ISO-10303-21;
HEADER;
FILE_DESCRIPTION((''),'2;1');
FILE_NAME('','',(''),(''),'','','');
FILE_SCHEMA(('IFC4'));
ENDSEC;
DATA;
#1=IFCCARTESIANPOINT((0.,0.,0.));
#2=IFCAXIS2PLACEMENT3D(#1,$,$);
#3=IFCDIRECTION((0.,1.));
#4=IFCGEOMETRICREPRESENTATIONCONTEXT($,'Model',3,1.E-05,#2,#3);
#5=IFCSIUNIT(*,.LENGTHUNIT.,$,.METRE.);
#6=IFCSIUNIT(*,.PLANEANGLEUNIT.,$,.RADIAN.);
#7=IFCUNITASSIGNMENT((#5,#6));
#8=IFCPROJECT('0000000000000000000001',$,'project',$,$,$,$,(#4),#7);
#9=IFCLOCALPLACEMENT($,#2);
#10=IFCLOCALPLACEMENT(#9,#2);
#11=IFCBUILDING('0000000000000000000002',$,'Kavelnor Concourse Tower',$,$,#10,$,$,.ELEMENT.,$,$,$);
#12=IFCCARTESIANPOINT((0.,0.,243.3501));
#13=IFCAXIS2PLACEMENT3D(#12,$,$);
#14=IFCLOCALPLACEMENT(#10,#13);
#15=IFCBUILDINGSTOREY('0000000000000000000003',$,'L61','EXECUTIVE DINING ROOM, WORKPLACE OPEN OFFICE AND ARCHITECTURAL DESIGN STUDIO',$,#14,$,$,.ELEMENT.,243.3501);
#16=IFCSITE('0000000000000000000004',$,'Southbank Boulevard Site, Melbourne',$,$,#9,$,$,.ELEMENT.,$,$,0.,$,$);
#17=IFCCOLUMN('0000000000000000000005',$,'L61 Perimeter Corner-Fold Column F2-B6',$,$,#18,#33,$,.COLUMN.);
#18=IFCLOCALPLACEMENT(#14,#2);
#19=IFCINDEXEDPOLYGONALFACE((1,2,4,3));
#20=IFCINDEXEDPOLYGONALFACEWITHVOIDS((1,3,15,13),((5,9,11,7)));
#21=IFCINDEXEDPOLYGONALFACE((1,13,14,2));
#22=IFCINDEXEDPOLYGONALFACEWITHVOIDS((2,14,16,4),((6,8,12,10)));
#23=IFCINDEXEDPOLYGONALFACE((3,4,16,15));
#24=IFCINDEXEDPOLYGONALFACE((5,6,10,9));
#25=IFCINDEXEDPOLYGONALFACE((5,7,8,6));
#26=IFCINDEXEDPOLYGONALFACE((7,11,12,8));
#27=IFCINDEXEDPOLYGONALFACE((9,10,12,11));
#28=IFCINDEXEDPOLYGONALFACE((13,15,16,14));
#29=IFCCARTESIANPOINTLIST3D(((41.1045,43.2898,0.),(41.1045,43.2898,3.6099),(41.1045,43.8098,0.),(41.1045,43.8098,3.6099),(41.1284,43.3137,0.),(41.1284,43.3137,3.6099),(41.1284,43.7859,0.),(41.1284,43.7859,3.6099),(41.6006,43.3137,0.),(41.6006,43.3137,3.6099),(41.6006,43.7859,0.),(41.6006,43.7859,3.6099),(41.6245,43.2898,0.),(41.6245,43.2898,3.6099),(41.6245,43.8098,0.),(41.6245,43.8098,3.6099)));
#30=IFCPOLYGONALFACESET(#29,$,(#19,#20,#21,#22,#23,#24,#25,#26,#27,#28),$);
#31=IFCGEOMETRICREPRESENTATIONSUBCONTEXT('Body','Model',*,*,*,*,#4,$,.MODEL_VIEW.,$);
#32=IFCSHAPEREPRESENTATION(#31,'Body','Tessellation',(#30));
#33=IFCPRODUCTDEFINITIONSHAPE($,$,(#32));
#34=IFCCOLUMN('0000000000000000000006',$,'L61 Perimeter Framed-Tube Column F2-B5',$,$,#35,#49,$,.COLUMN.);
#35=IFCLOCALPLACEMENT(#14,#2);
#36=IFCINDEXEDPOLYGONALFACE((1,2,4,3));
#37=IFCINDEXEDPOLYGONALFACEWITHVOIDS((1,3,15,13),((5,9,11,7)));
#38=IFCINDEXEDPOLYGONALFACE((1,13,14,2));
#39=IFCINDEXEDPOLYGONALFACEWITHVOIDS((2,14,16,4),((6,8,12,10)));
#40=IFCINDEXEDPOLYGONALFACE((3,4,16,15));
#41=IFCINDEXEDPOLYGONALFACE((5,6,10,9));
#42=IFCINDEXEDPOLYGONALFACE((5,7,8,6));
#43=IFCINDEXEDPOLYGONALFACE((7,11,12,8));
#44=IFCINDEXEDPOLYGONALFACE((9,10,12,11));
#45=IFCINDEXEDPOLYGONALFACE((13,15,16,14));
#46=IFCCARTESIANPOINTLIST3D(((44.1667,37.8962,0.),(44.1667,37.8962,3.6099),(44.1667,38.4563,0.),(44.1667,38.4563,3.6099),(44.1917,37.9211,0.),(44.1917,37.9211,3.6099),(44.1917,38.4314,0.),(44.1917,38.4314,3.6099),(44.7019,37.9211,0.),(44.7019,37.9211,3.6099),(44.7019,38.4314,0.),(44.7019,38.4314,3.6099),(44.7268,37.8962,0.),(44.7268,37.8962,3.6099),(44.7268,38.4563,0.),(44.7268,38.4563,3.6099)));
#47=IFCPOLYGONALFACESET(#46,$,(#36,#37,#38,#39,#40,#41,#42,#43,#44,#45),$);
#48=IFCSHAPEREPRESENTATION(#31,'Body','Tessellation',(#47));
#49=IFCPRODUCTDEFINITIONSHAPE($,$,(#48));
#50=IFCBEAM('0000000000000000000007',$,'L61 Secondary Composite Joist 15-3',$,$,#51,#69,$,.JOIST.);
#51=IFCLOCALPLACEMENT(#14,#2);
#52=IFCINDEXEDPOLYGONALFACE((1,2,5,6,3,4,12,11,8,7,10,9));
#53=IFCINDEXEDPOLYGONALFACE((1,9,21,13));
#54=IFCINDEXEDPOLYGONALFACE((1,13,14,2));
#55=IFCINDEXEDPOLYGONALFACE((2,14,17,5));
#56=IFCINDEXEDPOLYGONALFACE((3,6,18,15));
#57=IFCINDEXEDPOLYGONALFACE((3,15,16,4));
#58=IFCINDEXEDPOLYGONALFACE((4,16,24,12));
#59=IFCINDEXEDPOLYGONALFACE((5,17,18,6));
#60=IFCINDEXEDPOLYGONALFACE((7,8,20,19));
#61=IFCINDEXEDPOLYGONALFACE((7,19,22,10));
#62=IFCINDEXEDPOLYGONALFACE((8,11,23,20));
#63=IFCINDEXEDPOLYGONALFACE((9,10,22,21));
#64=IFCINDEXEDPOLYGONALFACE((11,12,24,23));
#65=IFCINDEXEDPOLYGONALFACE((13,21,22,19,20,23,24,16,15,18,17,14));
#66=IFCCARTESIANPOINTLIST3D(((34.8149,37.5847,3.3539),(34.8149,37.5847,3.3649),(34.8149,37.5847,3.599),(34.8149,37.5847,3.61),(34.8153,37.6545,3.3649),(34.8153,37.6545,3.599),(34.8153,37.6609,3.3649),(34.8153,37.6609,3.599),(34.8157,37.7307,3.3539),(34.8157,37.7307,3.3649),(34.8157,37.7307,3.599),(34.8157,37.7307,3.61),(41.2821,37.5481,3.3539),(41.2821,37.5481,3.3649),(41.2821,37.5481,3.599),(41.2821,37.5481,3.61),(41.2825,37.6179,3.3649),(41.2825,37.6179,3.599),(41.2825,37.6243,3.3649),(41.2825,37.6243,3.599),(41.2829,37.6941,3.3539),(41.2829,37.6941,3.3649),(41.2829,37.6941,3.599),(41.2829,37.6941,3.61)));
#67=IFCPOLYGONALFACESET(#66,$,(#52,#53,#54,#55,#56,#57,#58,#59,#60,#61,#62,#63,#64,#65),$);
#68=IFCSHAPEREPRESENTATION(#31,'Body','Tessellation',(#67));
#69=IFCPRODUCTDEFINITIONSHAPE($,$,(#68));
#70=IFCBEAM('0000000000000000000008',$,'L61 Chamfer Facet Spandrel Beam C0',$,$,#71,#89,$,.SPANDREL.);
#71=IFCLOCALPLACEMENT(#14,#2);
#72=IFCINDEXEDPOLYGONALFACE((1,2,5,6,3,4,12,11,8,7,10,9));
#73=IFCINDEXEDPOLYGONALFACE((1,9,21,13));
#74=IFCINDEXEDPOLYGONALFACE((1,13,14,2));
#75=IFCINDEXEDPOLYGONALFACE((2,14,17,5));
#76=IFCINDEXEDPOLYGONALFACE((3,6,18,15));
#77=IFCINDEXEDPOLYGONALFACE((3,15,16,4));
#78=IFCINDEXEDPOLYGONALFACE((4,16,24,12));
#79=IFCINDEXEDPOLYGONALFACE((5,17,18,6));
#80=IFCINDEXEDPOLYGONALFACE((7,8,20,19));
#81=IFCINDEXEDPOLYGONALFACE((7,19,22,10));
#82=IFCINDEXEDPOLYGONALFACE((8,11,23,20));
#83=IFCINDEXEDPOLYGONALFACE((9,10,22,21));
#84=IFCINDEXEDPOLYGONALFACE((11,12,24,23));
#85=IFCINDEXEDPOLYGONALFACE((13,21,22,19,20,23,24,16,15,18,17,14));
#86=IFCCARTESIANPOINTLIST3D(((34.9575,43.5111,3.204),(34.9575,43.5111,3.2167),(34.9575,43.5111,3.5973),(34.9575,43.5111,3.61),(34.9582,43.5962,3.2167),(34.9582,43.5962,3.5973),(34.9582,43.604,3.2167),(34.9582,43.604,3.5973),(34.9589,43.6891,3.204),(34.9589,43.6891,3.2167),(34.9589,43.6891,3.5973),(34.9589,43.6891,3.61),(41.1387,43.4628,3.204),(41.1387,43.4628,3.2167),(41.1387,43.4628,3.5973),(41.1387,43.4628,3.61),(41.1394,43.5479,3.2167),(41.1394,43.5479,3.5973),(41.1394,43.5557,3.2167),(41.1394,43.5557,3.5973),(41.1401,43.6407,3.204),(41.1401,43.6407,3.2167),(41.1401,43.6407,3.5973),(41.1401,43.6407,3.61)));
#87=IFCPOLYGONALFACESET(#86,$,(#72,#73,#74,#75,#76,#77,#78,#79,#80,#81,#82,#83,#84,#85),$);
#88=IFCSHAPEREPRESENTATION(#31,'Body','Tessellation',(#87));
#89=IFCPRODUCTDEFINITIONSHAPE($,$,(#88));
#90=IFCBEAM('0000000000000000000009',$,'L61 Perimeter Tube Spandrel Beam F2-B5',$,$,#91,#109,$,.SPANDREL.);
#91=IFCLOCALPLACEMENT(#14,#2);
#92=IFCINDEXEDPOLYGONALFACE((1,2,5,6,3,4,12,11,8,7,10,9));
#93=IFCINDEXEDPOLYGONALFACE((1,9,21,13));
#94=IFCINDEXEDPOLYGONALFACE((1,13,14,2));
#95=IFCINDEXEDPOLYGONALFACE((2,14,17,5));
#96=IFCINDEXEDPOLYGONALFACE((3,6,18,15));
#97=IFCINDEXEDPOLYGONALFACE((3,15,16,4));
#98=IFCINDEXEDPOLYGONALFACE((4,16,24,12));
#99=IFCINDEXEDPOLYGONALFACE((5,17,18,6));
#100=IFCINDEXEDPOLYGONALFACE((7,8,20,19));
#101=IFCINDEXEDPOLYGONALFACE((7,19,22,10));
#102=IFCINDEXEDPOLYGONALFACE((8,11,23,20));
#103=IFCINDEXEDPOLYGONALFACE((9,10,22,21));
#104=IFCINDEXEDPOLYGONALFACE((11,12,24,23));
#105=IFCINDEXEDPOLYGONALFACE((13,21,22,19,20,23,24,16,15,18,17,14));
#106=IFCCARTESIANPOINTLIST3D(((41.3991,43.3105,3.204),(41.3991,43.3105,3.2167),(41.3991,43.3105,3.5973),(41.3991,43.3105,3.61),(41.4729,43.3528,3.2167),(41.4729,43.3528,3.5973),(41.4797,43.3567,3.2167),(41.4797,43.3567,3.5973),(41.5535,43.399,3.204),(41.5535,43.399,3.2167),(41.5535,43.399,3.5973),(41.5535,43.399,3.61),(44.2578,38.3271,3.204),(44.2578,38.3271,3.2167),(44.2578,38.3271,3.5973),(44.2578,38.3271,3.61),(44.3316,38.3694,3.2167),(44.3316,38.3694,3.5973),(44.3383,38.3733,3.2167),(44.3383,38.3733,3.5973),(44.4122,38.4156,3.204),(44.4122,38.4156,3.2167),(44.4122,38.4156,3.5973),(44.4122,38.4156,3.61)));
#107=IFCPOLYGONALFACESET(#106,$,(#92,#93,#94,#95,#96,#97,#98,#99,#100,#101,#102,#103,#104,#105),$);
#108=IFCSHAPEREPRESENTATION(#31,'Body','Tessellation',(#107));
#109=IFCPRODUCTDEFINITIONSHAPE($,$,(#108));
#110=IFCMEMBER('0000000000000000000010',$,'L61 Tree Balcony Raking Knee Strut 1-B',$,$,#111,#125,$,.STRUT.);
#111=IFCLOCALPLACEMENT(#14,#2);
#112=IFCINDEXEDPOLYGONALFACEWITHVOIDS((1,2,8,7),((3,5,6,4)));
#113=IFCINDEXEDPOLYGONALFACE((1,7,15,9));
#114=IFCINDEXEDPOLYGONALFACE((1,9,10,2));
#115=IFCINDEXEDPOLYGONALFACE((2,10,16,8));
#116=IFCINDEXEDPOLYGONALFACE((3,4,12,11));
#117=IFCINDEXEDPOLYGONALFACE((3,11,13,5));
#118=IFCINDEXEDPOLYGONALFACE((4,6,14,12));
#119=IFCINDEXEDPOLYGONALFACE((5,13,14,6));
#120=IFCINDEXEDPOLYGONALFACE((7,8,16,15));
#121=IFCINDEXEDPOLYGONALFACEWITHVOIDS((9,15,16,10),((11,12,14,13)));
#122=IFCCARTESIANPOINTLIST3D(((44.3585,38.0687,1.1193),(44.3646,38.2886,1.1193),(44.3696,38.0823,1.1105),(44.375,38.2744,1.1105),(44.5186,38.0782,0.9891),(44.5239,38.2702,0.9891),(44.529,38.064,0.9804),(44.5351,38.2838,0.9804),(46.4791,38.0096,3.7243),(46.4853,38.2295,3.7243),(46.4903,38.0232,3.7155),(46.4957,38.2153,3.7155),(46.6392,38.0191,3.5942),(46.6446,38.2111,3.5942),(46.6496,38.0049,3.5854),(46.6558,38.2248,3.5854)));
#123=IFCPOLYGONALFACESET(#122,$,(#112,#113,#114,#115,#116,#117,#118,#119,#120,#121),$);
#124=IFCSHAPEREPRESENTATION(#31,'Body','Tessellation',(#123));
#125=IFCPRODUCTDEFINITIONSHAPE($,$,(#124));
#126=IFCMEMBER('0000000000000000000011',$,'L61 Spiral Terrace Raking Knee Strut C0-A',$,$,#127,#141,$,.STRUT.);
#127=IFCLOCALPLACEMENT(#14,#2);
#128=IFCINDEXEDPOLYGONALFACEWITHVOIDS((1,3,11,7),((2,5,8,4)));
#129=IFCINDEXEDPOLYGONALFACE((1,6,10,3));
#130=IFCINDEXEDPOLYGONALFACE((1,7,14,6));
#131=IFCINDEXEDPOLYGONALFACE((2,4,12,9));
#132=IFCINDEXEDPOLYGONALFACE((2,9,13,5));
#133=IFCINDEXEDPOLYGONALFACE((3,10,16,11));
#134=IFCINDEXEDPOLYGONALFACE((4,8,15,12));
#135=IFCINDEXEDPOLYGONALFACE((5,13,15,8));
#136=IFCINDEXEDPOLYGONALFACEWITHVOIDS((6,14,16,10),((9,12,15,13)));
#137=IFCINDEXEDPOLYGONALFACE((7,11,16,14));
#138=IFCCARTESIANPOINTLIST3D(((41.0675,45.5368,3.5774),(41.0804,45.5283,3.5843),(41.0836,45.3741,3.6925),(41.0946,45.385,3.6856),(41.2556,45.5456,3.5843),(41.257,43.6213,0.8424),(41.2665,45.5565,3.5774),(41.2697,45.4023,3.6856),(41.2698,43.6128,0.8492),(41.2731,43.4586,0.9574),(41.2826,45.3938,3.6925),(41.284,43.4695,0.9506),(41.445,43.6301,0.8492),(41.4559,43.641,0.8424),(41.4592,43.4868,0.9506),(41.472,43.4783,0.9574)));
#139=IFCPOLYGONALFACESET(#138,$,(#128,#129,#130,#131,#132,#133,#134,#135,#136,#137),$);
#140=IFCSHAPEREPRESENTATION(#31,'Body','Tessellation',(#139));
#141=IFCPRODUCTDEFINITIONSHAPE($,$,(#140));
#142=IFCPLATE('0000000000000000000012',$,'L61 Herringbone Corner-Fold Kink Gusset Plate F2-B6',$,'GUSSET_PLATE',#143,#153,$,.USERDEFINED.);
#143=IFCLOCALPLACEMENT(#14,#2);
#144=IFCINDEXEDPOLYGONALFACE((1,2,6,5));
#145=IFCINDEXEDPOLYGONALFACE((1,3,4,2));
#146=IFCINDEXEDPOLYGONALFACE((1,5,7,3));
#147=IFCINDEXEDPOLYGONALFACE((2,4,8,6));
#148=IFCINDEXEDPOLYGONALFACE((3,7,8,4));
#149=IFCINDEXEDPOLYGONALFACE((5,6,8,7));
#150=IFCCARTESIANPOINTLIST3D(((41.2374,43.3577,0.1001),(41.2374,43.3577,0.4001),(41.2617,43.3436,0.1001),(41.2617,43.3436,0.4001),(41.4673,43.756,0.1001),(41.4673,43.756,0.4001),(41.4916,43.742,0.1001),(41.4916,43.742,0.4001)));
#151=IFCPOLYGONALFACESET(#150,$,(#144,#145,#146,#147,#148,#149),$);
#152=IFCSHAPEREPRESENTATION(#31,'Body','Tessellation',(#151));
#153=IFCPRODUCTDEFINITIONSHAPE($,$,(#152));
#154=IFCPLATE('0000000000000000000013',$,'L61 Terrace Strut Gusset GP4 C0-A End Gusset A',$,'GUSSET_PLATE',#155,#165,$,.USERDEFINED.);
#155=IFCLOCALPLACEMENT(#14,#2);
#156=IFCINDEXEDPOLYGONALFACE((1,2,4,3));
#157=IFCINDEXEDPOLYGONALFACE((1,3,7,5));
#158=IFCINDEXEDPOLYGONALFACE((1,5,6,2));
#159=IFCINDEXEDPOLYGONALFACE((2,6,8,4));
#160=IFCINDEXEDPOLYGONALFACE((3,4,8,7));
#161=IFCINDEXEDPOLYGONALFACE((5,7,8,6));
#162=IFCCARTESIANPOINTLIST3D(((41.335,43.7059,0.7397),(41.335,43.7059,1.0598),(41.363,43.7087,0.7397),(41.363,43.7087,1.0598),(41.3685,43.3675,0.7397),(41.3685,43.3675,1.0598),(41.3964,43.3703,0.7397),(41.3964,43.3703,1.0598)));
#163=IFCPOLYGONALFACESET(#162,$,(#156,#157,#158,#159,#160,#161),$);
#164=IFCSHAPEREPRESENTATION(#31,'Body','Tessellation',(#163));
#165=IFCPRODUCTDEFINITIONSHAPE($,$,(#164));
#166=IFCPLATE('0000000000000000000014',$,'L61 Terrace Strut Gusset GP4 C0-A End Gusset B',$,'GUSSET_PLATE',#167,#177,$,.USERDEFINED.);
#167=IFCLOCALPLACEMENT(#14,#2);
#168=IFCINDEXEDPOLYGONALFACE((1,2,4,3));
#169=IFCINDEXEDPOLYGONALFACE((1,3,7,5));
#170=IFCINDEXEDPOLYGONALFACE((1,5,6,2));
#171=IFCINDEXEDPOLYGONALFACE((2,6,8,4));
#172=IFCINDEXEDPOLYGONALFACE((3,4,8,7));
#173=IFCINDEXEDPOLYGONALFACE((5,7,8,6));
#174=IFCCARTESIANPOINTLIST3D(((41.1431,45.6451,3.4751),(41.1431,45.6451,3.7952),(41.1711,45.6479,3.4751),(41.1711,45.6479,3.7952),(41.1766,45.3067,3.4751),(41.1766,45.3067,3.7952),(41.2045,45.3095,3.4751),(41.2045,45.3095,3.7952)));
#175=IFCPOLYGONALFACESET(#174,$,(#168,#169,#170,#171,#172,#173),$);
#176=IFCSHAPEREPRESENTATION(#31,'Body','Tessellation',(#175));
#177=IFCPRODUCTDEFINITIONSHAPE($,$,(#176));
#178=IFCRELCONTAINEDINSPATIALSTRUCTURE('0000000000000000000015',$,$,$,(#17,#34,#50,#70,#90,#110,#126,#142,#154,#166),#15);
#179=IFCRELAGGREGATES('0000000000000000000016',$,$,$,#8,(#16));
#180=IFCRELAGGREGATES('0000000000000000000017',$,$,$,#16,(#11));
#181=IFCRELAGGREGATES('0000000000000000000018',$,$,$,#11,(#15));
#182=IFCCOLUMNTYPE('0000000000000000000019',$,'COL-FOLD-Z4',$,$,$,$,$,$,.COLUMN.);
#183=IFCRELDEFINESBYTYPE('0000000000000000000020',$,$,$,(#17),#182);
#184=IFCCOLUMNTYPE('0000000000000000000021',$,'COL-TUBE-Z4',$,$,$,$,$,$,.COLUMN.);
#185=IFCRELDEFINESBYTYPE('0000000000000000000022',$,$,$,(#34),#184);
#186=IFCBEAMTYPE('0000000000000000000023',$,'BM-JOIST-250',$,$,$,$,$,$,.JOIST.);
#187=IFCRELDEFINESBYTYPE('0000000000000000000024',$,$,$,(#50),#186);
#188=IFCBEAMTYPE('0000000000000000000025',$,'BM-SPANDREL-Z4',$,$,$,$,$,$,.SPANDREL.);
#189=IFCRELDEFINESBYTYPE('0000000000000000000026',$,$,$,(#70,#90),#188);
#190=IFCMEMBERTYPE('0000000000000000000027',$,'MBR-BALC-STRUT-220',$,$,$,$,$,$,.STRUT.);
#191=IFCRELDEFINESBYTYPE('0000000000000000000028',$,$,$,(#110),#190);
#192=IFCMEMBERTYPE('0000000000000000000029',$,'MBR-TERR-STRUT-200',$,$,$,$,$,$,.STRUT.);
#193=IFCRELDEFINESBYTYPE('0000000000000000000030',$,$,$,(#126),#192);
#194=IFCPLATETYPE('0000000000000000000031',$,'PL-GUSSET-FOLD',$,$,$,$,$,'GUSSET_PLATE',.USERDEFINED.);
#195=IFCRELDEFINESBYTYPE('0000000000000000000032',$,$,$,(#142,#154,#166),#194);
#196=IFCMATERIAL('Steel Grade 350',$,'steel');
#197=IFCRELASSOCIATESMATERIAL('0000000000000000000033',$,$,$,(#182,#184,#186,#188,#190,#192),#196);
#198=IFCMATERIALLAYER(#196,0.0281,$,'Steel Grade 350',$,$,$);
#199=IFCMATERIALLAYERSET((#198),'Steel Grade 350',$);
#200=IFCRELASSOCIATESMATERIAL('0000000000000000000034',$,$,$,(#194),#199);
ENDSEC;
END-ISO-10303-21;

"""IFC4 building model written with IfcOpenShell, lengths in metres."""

from ifc_helpers import new_model, si_unit, direction, frame, origin, origin_2d, place, context, subcontext, project, spatial, rectangle, hollow_rectangle, i_section, extrude, material, layer, layer_set, material_profile, profile_set, type_object, element, save


model = new_model("IFC4")

# Units and contexts
model_context = context("Model", 3, precision=1e-05, world=origin(), true_north=direction((0.0, 1.0)))
body_context = subcontext(model_context, "Body", "Model", "MODEL_VIEW")
ifc_project = project(units=[si_unit("LENGTHUNIT", "METRE"), si_unit("PLANEANGLEUNIT", "RADIAN")], contexts=[model_context])

# Site, building, storey
site_placement = place(None, origin())
site = spatial("IfcSite", under=ifc_project, at=site_placement, Name="Southbank Boulevard Site, Melbourne", CompositionType="ELEMENT", RefElevation=0.0)
building_placement = place(site_placement, origin())
building = spatial("IfcBuilding", under=site, at=building_placement, Name="Kavelnor Concourse Tower", CompositionType="ELEMENT")
storey_placement = place(building_placement, frame((0.0, 0.0, 243.3501)))
storey = spatial("IfcBuildingStorey", under=building, at=storey_placement, Name="L61", Description="EXECUTIVE DINING ROOM, WORKPLACE OPEN OFFICE AND ARCHITECTURAL DESIGN STUDIO", CompositionType="ELEMENT", Elevation=243.3501)

# Columns
ifc_material_1 = material(Name="Steel Grade 350", Category="steel")
ifc_material_profile_1 = material_profile(ifc_material_1, hollow_rectangle(XDim=0.52, YDim=0.52, WallThickness=0.0239, at=origin_2d()), Name="SHS 520x520x24")
ifc_profile_set_1 = profile_set([ifc_material_profile_1], Name="Steel Grade 350")
column_type_1 = type_object("IfcColumnType", Name="COL-FOLD-Z4", PredefinedType="COLUMN", material=ifc_profile_set_1)
column_1_placement = place(storey_placement, frame((41.3645, 43.5498, 0.0), z_axis=(0.0, 0.0, 1.0), x_axis=(1.0, 0.0, 0.0)))
element("IfcColumn", 1, at=column_1_placement, inside=storey, type_object=column_type_1, Name="L61 Perimeter Corner-Fold Column F2-B6", PredefinedType="COLUMN", context=body_context, shape_type="SweptSolid", body=[
    extrude(hollow_rectangle(XDim=0.52, YDim=0.52, WallThickness=0.0239, at=origin_2d()), origin(), (0.0, 0.0, 1.0), 3.6099),
])
ifc_material_profile_2 = material_profile(ifc_material_1, hollow_rectangle(XDim=0.5601, YDim=0.5601, WallThickness=0.0249, at=origin_2d()), Name="SHS 560x560x25")
ifc_profile_set_2 = profile_set([ifc_material_profile_2], Name="Steel Grade 350")
column_type_2 = type_object("IfcColumnType", Name="COL-TUBE-Z4", PredefinedType="COLUMN", material=ifc_profile_set_2)
column_2_placement = place(storey_placement, frame((44.4468, 38.1763, 0.0), z_axis=(0.0, 0.0, 1.0), x_axis=(1.0, 0.0, 0.0)))
element("IfcColumn", 2, at=column_2_placement, inside=storey, type_object=column_type_2, Name="L61 Perimeter Framed-Tube Column F2-B5", PredefinedType="COLUMN", context=body_context, shape_type="SweptSolid", body=[
    extrude(hollow_rectangle(XDim=0.5601, YDim=0.5601, WallThickness=0.0249, at=origin_2d()), origin(), (0.0, 0.0, 1.0), 3.6099),
])

# Beams
ifc_material_profile_3 = material_profile(ifc_material_1, i_section(OverallWidth=0.146, OverallDepth=0.2561, WebThickness=0.0063, FlangeThickness=0.011, at=origin_2d()), Name="250UB37")
ifc_profile_set_3 = profile_set([ifc_material_profile_3], Name="Steel Grade 350")
beam_type_1 = type_object("IfcBeamType", Name="BM-JOIST-250", PredefinedType="JOIST", material=ifc_profile_set_3)
beam_1_placement = place(storey_placement, frame((41.2825, 37.6211, 3.4819), z_axis=(-0.999984, 0.005662, 0.0), x_axis=(-0.005662, -0.999984, 0.0)))
element("IfcBeam", 3, at=beam_1_placement, inside=storey, type_object=beam_type_1, Name="L61 Secondary Composite Joist 15-3", PredefinedType="JOIST", context=body_context, shape_type="SweptSolid", body=[
    extrude(i_section(OverallWidth=0.146, OverallDepth=0.2561, WebThickness=0.0063, FlangeThickness=0.011, at=origin_2d()), origin(), (0.0, 0.0, 1.0), 6.4673),
])
ifc_material_profile_4 = material_profile(ifc_material_1, i_section(OverallWidth=0.178, OverallDepth=0.406, WebThickness=0.0078, FlangeThickness=0.0127, at=origin_2d()), Name="410UB59")
ifc_profile_set_4 = profile_set([ifc_material_profile_4], Name="Steel Grade 350")
beam_type_2 = type_object("IfcBeamType", Name="BM-SPANDREL-Z4", PredefinedType="SPANDREL", material=ifc_profile_set_4)
beam_2_placement = place(storey_placement, frame((41.1394, 43.5518, 3.407), z_axis=(-0.999969, 0.00782, 0.0), x_axis=(-0.00782, -0.999969, 0.0)))
element("IfcBeam", 4, at=beam_2_placement, inside=storey, type_object=beam_type_2, Name="L61 Chamfer Facet Spandrel Beam C0", PredefinedType="SPANDREL", context=body_context, shape_type="SweptSolid", body=[
    extrude(i_section(OverallWidth=0.178, OverallDepth=0.406, WebThickness=0.0078, FlangeThickness=0.0127, at=origin_2d()), origin(), (0.0, 0.0, 1.0), 6.1814),
])
beam_3_placement = place(storey_placement, frame((44.335, 38.3713, 3.407), z_axis=(-0.49758, 0.867418, 0.0), x_axis=(-0.867418, -0.49758, 0.0)))
element("IfcBeam", 5, at=beam_3_placement, inside=storey, type_object=beam_type_2, Name="L61 Perimeter Tube Spandrel Beam F2-B5", PredefinedType="SPANDREL", context=body_context, shape_type="SweptSolid", body=[
    extrude(i_section(OverallWidth=0.178, OverallDepth=0.406, WebThickness=0.0078, FlangeThickness=0.0127, at=origin_2d()), origin(), (0.0, 0.0, 1.0), 5.7451),
])

# Members
ifc_material_profile_5 = material_profile(ifc_material_1, hollow_rectangle(XDim=0.22, YDim=0.22, WallThickness=0.0139, at=origin_2d()), Name="SHS 220x220x14")
ifc_profile_set_5 = profile_set([ifc_material_profile_5], Name="Steel Grade 350")
member_type_1 = type_object("IfcMemberType", Name="MBR-BALC-STRUT-220", PredefinedType="STRUT", material=ifc_profile_set_5)
member_1_placement = place(storey_placement, frame((44.4468, 38.1763, 1.0498), z_axis=(0.631223, -0.017586, 0.775402), x_axis=(0.02785, 0.999612, 0.0)))
element("IfcMember", 6, at=member_1_placement, inside=storey, type_object=member_type_1, Name="L61 Tree Balcony Raking Knee Strut 1-B", PredefinedType="STRUT", context=body_context, shape_type="SweptSolid", body=[
    extrude(hollow_rectangle(XDim=0.22, YDim=0.22, WallThickness=0.0139, at=origin_2d()), origin(), (0.0, 0.0, 1.0), 3.3596),
])
ifc_material_profile_6 = material_profile(ifc_material_1, hollow_rectangle(XDim=0.2, YDim=0.2, WallThickness=0.012, at=origin_2d()), Name="SHS 200x200x12")
ifc_profile_set_6 = profile_set([ifc_material_profile_6], Name="Steel Grade 350")
member_type_2 = type_object("IfcMemberType", Name="MBR-TERR-STRUT-200", PredefinedType="STRUT", material=ifc_profile_set_6)
member_2_placement = place(storey_placement, frame((41.3645, 43.5498, 0.8999), z_axis=(-0.056645, 0.572733, 0.817783), x_axis=(-0.995145, -0.098424, 0.0)))
element("IfcMember", 7, at=member_2_placement, inside=storey, type_object=member_type_2, Name="L61 Spiral Terrace Raking Knee Strut C0-A", PredefinedType="STRUT", context=body_context, shape_type="SweptSolid", body=[
    extrude(hollow_rectangle(XDim=0.2, YDim=0.2, WallThickness=0.012, at=origin_2d()), origin(), (0.0, 0.0, 1.0), 3.3445),
])

# Plates
ifc_layer_1 = layer(ifc_material_1, 0.0281, Name="Steel Grade 350")
ifc_layer_set_1 = layer_set([ifc_layer_1], Name="Steel Grade 350")
plate_type = type_object("IfcPlateType", Name="PL-GUSSET-FOLD", ElementType="GUSSET_PLATE", PredefinedType="USERDEFINED", material=ifc_layer_set_1)
plate_placement = place(storey_placement, frame((41.3645, 43.5498, 0.1001), z_axis=(0.0, 0.0, 1.0), x_axis=(-0.5, -0.866025, 0.0)))
element("IfcPlate", 8, at=plate_placement, inside=storey, type_object=plate_type, Name="L61 Herringbone Corner-Fold Kink Gusset Plate F2-B6", ObjectType="GUSSET_PLATE", PredefinedType="USERDEFINED", context=body_context, shape_type="SweptSolid", body=[
    extrude(rectangle(XDim=0.46, YDim=0.0281, at=origin_2d()), origin(), (0.0, 0.0, 1.0), 0.3),
])
for number, where, z_axis, x_axis, name in (
    (9, (41.3657, 43.5381, 0.7397), (0.0, 0.0, 1.0), (-0.098451, 0.995142, 0.0), "L61 Terrace Strut Gusset GP4 C0-A End Gusset A"),
    (10, (41.1738, 45.4773, 3.4751), (0.0, 0.0, 1.0), (-0.098451, 0.995142, 0.0), "L61 Terrace Strut Gusset GP4 C0-A End Gusset B"),
):
    element("IfcPlate", number, at=place(storey_placement, frame(where, z_axis=z_axis, x_axis=x_axis)), inside=storey, type_object=plate_type, Name=name, ObjectType="GUSSET_PLATE", PredefinedType="USERDEFINED", context=body_context, shape_type="SweptSolid", body=[
        extrude(rectangle(XDim=0.3401, YDim=0.0281, at=origin_2d()), origin(), (0.0, 0.0, 1.0), 0.3201),
    ])

save(model, "model.ifc")
